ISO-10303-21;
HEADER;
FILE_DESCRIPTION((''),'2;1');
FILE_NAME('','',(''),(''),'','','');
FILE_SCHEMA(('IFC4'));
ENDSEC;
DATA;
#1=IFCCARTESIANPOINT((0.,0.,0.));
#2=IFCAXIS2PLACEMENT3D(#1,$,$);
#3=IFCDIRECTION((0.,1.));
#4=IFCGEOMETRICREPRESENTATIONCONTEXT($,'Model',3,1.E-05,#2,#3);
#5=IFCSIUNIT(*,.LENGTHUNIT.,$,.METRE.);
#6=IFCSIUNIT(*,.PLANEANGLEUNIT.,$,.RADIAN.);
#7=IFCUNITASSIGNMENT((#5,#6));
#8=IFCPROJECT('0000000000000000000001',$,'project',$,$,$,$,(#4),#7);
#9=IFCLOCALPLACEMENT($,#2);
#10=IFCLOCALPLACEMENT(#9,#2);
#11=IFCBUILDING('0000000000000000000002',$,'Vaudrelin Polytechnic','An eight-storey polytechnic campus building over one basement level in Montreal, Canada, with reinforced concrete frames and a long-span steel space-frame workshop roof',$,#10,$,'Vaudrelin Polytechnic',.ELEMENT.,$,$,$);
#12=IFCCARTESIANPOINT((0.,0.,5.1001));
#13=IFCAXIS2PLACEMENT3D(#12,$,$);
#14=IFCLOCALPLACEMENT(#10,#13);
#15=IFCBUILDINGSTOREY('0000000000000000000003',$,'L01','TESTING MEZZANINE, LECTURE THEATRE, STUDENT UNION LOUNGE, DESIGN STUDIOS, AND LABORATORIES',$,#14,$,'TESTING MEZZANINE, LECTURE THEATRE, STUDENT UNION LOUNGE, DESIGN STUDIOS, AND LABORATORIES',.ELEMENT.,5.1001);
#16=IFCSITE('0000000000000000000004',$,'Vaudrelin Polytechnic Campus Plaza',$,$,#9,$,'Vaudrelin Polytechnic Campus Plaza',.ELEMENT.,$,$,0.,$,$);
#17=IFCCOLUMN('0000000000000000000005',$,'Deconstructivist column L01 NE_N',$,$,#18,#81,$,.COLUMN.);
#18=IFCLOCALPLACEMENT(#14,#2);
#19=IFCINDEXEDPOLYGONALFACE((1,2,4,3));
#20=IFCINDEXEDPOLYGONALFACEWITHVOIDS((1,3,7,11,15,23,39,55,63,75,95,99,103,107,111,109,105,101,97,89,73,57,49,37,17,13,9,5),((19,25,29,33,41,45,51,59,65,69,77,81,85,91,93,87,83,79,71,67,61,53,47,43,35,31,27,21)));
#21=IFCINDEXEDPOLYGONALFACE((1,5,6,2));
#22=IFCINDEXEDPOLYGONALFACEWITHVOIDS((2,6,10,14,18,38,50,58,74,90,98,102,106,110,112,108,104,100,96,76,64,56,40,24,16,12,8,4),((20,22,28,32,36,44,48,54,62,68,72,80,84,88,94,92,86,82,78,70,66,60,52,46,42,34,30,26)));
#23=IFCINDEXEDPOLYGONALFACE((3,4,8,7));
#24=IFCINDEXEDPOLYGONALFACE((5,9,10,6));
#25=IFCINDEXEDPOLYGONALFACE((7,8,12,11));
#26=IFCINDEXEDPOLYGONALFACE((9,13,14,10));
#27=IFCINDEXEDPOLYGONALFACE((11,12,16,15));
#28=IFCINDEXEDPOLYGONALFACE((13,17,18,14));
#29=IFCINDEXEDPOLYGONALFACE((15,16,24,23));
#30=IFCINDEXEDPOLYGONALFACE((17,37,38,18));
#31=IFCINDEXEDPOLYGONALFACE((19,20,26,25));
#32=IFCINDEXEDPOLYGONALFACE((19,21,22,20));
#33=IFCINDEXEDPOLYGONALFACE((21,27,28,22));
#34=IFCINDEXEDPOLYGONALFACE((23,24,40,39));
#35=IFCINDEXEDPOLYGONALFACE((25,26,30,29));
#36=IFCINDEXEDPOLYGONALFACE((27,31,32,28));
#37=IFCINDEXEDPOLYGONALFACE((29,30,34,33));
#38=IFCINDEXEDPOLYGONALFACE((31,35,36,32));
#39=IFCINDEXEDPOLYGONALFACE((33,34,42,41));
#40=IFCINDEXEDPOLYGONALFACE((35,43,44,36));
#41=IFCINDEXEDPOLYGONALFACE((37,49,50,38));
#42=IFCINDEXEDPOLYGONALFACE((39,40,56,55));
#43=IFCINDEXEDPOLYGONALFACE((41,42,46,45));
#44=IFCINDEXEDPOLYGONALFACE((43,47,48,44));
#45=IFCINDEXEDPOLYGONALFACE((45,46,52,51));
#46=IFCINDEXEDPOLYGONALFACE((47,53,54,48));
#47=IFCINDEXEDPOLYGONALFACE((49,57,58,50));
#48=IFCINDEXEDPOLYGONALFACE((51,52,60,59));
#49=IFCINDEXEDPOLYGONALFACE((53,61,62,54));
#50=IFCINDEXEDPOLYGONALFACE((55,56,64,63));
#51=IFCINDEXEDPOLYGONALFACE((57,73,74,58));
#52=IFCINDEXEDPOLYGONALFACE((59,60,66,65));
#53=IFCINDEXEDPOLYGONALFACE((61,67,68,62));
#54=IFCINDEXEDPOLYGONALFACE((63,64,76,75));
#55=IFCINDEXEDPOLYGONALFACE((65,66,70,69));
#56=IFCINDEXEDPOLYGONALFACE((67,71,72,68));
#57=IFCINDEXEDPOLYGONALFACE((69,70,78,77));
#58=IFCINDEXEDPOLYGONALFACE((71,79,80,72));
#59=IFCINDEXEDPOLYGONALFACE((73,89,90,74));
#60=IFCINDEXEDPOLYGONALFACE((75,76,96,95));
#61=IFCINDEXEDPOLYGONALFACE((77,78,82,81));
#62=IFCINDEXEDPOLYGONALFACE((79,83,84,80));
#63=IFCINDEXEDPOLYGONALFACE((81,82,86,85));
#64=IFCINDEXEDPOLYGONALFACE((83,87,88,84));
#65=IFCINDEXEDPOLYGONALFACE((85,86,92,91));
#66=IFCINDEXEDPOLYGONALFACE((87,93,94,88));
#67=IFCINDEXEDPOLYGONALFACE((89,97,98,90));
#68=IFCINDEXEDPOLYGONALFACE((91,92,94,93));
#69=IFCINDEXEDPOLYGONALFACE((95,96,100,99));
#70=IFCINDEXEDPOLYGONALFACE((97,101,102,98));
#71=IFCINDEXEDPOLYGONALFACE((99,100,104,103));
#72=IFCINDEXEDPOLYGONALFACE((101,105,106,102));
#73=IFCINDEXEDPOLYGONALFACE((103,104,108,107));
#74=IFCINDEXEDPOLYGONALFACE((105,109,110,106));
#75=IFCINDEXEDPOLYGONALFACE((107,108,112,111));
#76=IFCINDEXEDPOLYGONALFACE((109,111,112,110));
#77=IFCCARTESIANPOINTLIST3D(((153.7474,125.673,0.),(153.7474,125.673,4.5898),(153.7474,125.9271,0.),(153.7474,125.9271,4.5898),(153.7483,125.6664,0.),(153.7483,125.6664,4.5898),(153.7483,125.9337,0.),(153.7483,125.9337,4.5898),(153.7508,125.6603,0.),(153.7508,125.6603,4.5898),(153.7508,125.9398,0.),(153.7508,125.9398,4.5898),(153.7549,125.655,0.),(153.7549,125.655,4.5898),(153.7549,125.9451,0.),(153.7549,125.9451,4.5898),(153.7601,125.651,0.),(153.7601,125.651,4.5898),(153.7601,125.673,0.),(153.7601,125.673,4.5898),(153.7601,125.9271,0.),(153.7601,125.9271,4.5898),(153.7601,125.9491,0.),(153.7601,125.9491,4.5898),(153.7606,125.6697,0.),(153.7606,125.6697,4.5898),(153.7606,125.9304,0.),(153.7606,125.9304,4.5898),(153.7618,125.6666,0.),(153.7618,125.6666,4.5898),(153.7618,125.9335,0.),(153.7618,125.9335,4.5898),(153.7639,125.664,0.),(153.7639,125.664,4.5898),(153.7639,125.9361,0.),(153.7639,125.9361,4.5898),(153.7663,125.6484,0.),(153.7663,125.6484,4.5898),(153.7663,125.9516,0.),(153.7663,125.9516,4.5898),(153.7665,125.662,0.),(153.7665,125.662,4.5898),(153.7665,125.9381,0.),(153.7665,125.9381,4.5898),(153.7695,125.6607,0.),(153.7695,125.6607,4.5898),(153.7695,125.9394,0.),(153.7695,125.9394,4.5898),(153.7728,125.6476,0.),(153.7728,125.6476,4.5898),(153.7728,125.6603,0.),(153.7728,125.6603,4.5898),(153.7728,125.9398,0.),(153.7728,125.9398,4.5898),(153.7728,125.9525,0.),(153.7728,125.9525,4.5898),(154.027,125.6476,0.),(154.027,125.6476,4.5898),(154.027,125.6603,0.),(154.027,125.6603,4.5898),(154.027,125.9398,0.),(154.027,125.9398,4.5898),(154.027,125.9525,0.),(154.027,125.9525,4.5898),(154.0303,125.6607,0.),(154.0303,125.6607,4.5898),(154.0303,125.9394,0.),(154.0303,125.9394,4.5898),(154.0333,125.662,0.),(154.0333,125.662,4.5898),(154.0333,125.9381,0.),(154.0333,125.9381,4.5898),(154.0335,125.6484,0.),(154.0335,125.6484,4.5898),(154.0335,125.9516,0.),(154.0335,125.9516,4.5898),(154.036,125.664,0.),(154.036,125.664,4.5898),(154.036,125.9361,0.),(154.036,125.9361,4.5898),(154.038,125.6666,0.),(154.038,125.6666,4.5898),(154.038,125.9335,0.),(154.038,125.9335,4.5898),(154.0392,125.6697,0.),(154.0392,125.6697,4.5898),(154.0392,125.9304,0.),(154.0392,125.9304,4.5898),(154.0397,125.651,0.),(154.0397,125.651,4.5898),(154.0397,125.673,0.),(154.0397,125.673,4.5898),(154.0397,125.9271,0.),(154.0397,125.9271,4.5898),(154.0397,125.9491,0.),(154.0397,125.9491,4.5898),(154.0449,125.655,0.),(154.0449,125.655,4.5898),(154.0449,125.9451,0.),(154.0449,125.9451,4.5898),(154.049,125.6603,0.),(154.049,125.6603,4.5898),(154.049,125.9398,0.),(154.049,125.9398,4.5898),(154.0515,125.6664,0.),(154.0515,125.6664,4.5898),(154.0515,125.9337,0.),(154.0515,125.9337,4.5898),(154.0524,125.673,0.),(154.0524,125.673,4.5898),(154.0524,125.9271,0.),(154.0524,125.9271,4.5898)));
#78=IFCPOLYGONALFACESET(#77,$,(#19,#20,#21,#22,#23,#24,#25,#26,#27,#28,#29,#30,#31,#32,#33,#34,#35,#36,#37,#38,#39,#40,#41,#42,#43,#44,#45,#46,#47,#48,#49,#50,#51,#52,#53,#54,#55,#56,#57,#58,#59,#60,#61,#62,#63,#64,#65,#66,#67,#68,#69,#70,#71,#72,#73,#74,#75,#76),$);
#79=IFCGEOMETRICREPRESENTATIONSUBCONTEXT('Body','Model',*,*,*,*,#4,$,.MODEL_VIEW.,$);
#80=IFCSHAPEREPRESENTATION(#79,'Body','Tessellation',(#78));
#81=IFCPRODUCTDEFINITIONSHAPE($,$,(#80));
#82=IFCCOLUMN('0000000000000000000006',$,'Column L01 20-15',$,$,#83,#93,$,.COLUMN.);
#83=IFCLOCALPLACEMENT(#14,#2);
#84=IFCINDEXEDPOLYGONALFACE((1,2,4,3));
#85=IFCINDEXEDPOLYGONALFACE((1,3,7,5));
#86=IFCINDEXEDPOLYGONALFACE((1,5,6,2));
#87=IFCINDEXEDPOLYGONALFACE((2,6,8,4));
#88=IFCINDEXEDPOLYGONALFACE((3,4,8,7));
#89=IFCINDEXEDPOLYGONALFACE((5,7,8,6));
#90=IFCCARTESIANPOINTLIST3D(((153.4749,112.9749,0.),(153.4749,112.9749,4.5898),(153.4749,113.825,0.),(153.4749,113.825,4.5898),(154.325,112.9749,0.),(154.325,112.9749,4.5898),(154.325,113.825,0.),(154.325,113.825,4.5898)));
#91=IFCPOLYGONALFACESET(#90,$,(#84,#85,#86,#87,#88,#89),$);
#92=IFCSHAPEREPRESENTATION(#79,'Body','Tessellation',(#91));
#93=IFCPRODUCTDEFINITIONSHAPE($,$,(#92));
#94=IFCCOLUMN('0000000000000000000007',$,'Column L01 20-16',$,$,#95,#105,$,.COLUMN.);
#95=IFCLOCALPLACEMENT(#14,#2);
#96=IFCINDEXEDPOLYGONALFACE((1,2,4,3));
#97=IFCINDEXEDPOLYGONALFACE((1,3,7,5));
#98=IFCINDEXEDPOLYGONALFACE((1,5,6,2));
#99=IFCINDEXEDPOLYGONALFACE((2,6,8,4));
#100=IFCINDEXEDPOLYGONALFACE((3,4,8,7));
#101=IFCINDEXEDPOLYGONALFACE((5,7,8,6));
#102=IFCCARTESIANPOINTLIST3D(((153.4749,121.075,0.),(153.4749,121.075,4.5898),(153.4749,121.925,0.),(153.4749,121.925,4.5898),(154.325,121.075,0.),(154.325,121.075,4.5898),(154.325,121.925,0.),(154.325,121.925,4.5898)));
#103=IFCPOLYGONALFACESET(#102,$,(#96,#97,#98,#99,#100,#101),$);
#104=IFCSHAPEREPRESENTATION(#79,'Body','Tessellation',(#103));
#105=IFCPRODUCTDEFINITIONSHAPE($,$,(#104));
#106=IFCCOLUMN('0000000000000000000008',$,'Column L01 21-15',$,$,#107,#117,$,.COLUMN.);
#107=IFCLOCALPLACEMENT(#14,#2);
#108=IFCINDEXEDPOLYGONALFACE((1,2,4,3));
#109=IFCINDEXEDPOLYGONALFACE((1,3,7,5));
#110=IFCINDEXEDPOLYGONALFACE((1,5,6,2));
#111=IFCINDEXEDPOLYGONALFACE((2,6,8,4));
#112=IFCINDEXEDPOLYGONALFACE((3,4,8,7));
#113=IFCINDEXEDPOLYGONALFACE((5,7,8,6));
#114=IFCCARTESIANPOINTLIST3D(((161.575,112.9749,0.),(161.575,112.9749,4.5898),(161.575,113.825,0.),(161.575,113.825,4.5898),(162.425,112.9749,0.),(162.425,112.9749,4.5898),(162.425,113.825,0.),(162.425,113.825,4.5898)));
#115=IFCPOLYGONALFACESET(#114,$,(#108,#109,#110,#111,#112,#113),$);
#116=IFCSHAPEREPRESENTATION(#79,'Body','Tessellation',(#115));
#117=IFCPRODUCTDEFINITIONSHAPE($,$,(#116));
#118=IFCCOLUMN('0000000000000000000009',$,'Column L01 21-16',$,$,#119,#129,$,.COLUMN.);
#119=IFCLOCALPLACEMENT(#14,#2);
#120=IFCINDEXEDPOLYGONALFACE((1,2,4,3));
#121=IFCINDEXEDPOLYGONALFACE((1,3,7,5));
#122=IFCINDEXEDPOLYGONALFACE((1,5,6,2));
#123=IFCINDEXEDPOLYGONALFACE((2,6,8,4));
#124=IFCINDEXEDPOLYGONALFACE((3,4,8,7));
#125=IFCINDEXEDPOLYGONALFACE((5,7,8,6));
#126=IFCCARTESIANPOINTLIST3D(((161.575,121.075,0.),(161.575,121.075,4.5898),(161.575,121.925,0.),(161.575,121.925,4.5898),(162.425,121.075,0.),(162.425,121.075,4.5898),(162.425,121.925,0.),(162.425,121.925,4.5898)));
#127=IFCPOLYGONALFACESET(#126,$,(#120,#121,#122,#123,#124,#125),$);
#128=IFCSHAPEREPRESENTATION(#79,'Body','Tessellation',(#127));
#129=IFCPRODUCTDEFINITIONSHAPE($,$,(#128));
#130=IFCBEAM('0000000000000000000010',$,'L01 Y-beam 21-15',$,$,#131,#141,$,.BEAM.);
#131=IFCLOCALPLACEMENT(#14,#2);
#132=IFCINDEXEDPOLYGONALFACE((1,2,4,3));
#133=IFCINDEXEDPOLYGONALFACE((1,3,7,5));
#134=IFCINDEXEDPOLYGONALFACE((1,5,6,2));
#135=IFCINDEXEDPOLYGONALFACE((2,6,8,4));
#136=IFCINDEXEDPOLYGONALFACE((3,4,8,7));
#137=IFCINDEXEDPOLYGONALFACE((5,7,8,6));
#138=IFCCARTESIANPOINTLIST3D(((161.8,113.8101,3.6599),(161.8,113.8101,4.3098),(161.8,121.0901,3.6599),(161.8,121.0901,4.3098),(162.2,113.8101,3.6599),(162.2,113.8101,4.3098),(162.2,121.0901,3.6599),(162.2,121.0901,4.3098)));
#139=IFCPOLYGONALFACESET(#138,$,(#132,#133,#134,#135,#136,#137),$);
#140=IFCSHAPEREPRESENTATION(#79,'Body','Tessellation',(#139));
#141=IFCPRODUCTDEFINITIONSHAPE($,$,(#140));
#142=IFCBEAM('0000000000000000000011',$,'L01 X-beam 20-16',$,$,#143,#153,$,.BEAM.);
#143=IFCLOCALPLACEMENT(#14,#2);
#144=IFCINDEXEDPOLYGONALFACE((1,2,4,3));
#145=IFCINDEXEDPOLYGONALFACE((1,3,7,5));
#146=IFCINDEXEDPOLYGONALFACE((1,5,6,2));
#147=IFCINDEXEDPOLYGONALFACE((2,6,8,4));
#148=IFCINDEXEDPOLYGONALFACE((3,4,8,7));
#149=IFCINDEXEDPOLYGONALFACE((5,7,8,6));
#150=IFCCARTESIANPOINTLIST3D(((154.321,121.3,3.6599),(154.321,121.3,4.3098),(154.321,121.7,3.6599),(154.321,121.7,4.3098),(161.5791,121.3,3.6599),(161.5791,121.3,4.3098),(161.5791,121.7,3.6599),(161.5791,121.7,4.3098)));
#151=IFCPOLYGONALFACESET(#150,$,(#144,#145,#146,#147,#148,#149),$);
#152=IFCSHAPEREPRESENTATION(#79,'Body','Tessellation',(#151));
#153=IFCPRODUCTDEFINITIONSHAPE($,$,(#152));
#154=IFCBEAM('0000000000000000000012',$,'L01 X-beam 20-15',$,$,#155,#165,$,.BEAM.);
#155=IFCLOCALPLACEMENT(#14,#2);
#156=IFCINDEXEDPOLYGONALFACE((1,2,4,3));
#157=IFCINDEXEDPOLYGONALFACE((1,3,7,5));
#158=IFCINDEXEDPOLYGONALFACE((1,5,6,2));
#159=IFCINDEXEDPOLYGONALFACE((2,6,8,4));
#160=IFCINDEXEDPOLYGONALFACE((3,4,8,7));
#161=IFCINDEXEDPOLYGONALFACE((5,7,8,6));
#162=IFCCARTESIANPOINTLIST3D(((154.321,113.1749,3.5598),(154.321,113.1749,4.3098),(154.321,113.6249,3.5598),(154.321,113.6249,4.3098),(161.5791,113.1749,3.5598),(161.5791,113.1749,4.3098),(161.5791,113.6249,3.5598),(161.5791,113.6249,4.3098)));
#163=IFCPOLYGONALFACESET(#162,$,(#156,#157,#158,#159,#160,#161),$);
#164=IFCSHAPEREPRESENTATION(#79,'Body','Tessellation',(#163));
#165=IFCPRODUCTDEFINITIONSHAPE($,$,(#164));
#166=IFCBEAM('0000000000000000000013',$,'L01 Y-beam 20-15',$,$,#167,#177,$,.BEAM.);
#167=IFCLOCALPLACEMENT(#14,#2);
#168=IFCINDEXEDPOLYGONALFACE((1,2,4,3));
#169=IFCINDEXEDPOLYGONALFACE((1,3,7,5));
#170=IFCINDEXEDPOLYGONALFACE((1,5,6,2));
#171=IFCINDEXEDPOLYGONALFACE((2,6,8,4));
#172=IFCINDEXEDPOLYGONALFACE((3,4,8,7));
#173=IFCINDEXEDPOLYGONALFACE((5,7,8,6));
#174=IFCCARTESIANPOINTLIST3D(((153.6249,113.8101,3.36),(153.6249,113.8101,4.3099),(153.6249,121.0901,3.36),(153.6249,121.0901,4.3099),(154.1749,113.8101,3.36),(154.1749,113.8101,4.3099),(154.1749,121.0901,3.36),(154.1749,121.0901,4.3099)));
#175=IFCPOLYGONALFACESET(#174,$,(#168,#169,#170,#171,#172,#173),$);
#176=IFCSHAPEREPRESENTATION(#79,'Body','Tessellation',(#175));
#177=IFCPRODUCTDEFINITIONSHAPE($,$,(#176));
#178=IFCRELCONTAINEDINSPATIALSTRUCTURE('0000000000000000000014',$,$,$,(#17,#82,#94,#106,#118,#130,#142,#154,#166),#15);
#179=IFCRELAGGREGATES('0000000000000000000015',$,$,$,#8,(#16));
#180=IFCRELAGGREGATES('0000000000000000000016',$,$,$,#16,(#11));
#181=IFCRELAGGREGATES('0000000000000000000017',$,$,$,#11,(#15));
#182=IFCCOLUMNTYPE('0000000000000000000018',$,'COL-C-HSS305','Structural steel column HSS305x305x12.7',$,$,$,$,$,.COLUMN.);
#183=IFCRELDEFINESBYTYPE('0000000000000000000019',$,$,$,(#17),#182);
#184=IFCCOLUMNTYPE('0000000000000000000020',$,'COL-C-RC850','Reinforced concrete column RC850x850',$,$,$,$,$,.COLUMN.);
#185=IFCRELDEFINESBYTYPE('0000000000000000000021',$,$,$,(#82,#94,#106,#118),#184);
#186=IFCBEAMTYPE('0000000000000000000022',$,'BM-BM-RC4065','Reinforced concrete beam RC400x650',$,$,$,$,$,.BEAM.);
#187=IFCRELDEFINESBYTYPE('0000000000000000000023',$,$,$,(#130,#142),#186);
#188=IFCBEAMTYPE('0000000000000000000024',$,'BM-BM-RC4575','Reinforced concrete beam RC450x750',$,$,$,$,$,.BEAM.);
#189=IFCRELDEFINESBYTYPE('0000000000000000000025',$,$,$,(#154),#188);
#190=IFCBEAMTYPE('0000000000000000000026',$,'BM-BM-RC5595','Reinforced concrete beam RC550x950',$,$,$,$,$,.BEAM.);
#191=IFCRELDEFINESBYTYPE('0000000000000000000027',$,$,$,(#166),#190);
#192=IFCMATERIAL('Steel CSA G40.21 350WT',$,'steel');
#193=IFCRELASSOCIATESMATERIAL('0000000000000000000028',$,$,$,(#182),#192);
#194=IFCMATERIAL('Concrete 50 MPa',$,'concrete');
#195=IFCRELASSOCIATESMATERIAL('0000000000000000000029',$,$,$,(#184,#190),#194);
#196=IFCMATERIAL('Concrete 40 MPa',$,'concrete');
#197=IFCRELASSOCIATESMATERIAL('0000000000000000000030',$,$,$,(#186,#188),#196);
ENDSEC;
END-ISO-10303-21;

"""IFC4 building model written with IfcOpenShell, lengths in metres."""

from ifc_helpers import new_model, si_unit, direction, frame, origin, origin_2d, place, context, subcontext, project, spatial, rectangle, hollow_rectangle, extrude, material, material_profile, profile_set, type_object, element, save


model = new_model("IFC4")

# Units and contexts
model_context = context("Model", 3, precision=1e-05, world=origin(), true_north=direction((0.0, 1.0)))
body_context = subcontext(model_context, "Body", "Model", "MODEL_VIEW")
ifc_project = project(units=[si_unit("LENGTHUNIT", "METRE"), si_unit("PLANEANGLEUNIT", "RADIAN")], contexts=[model_context])

# Site, building, storey
site_placement = place(None, origin())
site = spatial("IfcSite", under=ifc_project, at=site_placement, Name="Vaudrelin Polytechnic Campus Plaza", LongName="Vaudrelin Polytechnic Campus Plaza", CompositionType="ELEMENT", RefElevation=0.0)
building_placement = place(site_placement, origin())
building = spatial("IfcBuilding", under=site, at=building_placement, Name="Vaudrelin Polytechnic", Description="An eight-storey polytechnic campus building over one basement level in Montreal, Canada, with reinforced concrete frames and a long-span steel space-frame workshop roof", LongName="Vaudrelin Polytechnic", CompositionType="ELEMENT")
storey_placement = place(building_placement, frame((0.0, 0.0, 5.1001)))
storey = spatial("IfcBuildingStorey", under=building, at=storey_placement, Name="L01", Description="TESTING MEZZANINE, LECTURE THEATRE, STUDENT UNION LOUNGE, DESIGN STUDIOS, AND LABORATORIES", LongName="TESTING MEZZANINE, LECTURE THEATRE, STUDENT UNION LOUNGE, DESIGN STUDIOS, AND LABORATORIES", CompositionType="ELEMENT", Elevation=5.1001)

# Columns
ifc_material_1 = material(Name="Steel CSA G40.21 350WT", Category="steel")
ifc_material_profile_1 = material_profile(ifc_material_1, hollow_rectangle(XDim=0.3049, YDim=0.3049, WallThickness=0.0127, InnerFilletRadius=0.0127, OuterFilletRadius=0.0254, at=origin_2d()), Name="HSS305x305x12.7")
ifc_profile_set_1 = profile_set([ifc_material_profile_1], Name="Steel CSA G40.21 350WT")
column_type_1 = type_object("IfcColumnType", Name="COL-C-HSS305", Description="Structural steel column HSS305x305x12.7", PredefinedType="COLUMN", material=ifc_profile_set_1)
column_placement = place(storey_placement, frame((153.8999, 125.8, 0.0), z_axis=(0.0, 0.0, 1.0), x_axis=(1.0, 0.0, 0.0)))
element("IfcColumn", 1, at=column_placement, inside=storey, type_object=column_type_1, Name="Deconstructivist column L01 NE_N", PredefinedType="COLUMN", context=body_context, shape_type="SweptSolid", body=[
    extrude(hollow_rectangle(XDim=0.3049, YDim=0.3049, WallThickness=0.0127, InnerFilletRadius=0.0127, OuterFilletRadius=0.0254, at=origin_2d()), origin(), (0.0, 0.0, 1.0), 4.5898),
])
ifc_material_2 = material(Name="Concrete 50 MPa", Category="concrete")
ifc_material_profile_2 = material_profile(ifc_material_2, rectangle(XDim=0.8501, YDim=0.8501, at=origin_2d()), Name="RC850x850")
ifc_profile_set_2 = profile_set([ifc_material_profile_2], Name="Concrete 50 MPa")
column_type_2 = type_object("IfcColumnType", Name="COL-C-RC850", Description="Reinforced concrete column RC850x850", PredefinedType="COLUMN", material=ifc_profile_set_2)
for number, where, z_axis, x_axis, name in (
    (2, (153.8999, 113.3999, 0.0), (0.0, 0.0, 1.0), (1.0, 0.0, 0.0), "Column L01 20-15"),
    (3, (153.8999, 121.5, 0.0), (0.0, 0.0, 1.0), (1.0, 0.0, 0.0), "Column L01 20-16"),
    (4, (162.0, 113.3999, 0.0), (0.0, 0.0, 1.0), (1.0, 0.0, 0.0), "Column L01 21-15"),
    (5, (162.0, 121.5, 0.0), (0.0, 0.0, 1.0), (1.0, 0.0, 0.0), "Column L01 21-16"),
):
    element("IfcColumn", number, at=place(storey_placement, frame(where, z_axis=z_axis, x_axis=x_axis)), inside=storey, type_object=column_type_2, Name=name, PredefinedType="COLUMN", context=body_context, shape_type="SweptSolid", body=[
        extrude(rectangle(XDim=0.8501, YDim=0.8501, at=origin_2d()), origin(), (0.0, 0.0, 1.0), 4.5898),
    ])

# Beams
ifc_material_3 = material(Name="Concrete 40 MPa", Category="concrete")
ifc_material_profile_3 = material_profile(ifc_material_3, rectangle(XDim=0.3999, YDim=0.6499, at=origin_2d()), Name="RC400x650")
ifc_profile_set_3 = profile_set([ifc_material_profile_3], Name="Concrete 40 MPa")
beam_type_1 = type_object("IfcBeamType", Name="BM-BM-RC4065", Description="Reinforced concrete beam RC400x650", PredefinedType="BEAM", material=ifc_profile_set_3)
beam_1_placement = place(storey_placement, frame((162.0, 113.8101, 3.9849), z_axis=(0.0, 1.0, 0.0), x_axis=(-1.0, 0.0, 0.0)))
element("IfcBeam", 6, at=beam_1_placement, inside=storey, type_object=beam_type_1, Name="L01 Y-beam 21-15", PredefinedType="BEAM", context=body_context, shape_type="SweptSolid", body=[
    extrude(rectangle(XDim=0.3999, YDim=0.6499, at=origin_2d()), origin(), (0.0, 0.0, 1.0), 7.28),
])
beam_2_placement = place(storey_placement, frame((154.321, 121.5, 3.9849), z_axis=(1.0, 0.0, 0.0), x_axis=(0.0, 1.0, 0.0)))
element("IfcBeam", 7, at=beam_2_placement, inside=storey, type_object=beam_type_1, Name="L01 X-beam 20-16", PredefinedType="BEAM", context=body_context, shape_type="SweptSolid", body=[
    extrude(rectangle(XDim=0.3999, YDim=0.6499, at=origin_2d()), origin(), (0.0, 0.0, 1.0), 7.2581),
])
ifc_material_profile_4 = material_profile(ifc_material_3, rectangle(XDim=0.45, YDim=0.75, at=origin_2d()), Name="RC450x750")
ifc_profile_set_4 = profile_set([ifc_material_profile_4], Name="Concrete 40 MPa")
beam_type_2 = type_object("IfcBeamType", Name="BM-BM-RC4575", Description="Reinforced concrete beam RC450x750", PredefinedType="BEAM", material=ifc_profile_set_4)
beam_3_placement = place(storey_placement, frame((154.321, 113.3999, 3.9348), z_axis=(1.0, 0.0, 0.0), x_axis=(0.0, 1.0, 0.0)))
element("IfcBeam", 8, at=beam_3_placement, inside=storey, type_object=beam_type_2, Name="L01 X-beam 20-15", PredefinedType="BEAM", context=body_context, shape_type="SweptSolid", body=[
    extrude(rectangle(XDim=0.45, YDim=0.75, at=origin_2d()), origin(), (0.0, 0.0, 1.0), 7.2581),
])
ifc_material_profile_5 = material_profile(ifc_material_2, rectangle(XDim=0.55, YDim=0.95, at=origin_2d()), Name="RC550x950")
ifc_profile_set_5 = profile_set([ifc_material_profile_5], Name="Concrete 50 MPa")
beam_type_3 = type_object("IfcBeamType", Name="BM-BM-RC5595", Description="Reinforced concrete beam RC550x950", PredefinedType="BEAM", material=ifc_profile_set_5)
beam_4_placement = place(storey_placement, frame((153.8999, 113.8101, 3.835), z_axis=(0.0, 1.0, 0.0), x_axis=(-1.0, 0.0, 0.0)))
element("IfcBeam", 9, at=beam_4_placement, inside=storey, type_object=beam_type_3, Name="L01 Y-beam 20-15", PredefinedType="BEAM", context=body_context, shape_type="SweptSolid", body=[
    extrude(rectangle(XDim=0.55, YDim=0.95, at=origin_2d()), origin(), (0.0, 0.0, 1.0), 7.28),
])

save(model, "model.ifc")
